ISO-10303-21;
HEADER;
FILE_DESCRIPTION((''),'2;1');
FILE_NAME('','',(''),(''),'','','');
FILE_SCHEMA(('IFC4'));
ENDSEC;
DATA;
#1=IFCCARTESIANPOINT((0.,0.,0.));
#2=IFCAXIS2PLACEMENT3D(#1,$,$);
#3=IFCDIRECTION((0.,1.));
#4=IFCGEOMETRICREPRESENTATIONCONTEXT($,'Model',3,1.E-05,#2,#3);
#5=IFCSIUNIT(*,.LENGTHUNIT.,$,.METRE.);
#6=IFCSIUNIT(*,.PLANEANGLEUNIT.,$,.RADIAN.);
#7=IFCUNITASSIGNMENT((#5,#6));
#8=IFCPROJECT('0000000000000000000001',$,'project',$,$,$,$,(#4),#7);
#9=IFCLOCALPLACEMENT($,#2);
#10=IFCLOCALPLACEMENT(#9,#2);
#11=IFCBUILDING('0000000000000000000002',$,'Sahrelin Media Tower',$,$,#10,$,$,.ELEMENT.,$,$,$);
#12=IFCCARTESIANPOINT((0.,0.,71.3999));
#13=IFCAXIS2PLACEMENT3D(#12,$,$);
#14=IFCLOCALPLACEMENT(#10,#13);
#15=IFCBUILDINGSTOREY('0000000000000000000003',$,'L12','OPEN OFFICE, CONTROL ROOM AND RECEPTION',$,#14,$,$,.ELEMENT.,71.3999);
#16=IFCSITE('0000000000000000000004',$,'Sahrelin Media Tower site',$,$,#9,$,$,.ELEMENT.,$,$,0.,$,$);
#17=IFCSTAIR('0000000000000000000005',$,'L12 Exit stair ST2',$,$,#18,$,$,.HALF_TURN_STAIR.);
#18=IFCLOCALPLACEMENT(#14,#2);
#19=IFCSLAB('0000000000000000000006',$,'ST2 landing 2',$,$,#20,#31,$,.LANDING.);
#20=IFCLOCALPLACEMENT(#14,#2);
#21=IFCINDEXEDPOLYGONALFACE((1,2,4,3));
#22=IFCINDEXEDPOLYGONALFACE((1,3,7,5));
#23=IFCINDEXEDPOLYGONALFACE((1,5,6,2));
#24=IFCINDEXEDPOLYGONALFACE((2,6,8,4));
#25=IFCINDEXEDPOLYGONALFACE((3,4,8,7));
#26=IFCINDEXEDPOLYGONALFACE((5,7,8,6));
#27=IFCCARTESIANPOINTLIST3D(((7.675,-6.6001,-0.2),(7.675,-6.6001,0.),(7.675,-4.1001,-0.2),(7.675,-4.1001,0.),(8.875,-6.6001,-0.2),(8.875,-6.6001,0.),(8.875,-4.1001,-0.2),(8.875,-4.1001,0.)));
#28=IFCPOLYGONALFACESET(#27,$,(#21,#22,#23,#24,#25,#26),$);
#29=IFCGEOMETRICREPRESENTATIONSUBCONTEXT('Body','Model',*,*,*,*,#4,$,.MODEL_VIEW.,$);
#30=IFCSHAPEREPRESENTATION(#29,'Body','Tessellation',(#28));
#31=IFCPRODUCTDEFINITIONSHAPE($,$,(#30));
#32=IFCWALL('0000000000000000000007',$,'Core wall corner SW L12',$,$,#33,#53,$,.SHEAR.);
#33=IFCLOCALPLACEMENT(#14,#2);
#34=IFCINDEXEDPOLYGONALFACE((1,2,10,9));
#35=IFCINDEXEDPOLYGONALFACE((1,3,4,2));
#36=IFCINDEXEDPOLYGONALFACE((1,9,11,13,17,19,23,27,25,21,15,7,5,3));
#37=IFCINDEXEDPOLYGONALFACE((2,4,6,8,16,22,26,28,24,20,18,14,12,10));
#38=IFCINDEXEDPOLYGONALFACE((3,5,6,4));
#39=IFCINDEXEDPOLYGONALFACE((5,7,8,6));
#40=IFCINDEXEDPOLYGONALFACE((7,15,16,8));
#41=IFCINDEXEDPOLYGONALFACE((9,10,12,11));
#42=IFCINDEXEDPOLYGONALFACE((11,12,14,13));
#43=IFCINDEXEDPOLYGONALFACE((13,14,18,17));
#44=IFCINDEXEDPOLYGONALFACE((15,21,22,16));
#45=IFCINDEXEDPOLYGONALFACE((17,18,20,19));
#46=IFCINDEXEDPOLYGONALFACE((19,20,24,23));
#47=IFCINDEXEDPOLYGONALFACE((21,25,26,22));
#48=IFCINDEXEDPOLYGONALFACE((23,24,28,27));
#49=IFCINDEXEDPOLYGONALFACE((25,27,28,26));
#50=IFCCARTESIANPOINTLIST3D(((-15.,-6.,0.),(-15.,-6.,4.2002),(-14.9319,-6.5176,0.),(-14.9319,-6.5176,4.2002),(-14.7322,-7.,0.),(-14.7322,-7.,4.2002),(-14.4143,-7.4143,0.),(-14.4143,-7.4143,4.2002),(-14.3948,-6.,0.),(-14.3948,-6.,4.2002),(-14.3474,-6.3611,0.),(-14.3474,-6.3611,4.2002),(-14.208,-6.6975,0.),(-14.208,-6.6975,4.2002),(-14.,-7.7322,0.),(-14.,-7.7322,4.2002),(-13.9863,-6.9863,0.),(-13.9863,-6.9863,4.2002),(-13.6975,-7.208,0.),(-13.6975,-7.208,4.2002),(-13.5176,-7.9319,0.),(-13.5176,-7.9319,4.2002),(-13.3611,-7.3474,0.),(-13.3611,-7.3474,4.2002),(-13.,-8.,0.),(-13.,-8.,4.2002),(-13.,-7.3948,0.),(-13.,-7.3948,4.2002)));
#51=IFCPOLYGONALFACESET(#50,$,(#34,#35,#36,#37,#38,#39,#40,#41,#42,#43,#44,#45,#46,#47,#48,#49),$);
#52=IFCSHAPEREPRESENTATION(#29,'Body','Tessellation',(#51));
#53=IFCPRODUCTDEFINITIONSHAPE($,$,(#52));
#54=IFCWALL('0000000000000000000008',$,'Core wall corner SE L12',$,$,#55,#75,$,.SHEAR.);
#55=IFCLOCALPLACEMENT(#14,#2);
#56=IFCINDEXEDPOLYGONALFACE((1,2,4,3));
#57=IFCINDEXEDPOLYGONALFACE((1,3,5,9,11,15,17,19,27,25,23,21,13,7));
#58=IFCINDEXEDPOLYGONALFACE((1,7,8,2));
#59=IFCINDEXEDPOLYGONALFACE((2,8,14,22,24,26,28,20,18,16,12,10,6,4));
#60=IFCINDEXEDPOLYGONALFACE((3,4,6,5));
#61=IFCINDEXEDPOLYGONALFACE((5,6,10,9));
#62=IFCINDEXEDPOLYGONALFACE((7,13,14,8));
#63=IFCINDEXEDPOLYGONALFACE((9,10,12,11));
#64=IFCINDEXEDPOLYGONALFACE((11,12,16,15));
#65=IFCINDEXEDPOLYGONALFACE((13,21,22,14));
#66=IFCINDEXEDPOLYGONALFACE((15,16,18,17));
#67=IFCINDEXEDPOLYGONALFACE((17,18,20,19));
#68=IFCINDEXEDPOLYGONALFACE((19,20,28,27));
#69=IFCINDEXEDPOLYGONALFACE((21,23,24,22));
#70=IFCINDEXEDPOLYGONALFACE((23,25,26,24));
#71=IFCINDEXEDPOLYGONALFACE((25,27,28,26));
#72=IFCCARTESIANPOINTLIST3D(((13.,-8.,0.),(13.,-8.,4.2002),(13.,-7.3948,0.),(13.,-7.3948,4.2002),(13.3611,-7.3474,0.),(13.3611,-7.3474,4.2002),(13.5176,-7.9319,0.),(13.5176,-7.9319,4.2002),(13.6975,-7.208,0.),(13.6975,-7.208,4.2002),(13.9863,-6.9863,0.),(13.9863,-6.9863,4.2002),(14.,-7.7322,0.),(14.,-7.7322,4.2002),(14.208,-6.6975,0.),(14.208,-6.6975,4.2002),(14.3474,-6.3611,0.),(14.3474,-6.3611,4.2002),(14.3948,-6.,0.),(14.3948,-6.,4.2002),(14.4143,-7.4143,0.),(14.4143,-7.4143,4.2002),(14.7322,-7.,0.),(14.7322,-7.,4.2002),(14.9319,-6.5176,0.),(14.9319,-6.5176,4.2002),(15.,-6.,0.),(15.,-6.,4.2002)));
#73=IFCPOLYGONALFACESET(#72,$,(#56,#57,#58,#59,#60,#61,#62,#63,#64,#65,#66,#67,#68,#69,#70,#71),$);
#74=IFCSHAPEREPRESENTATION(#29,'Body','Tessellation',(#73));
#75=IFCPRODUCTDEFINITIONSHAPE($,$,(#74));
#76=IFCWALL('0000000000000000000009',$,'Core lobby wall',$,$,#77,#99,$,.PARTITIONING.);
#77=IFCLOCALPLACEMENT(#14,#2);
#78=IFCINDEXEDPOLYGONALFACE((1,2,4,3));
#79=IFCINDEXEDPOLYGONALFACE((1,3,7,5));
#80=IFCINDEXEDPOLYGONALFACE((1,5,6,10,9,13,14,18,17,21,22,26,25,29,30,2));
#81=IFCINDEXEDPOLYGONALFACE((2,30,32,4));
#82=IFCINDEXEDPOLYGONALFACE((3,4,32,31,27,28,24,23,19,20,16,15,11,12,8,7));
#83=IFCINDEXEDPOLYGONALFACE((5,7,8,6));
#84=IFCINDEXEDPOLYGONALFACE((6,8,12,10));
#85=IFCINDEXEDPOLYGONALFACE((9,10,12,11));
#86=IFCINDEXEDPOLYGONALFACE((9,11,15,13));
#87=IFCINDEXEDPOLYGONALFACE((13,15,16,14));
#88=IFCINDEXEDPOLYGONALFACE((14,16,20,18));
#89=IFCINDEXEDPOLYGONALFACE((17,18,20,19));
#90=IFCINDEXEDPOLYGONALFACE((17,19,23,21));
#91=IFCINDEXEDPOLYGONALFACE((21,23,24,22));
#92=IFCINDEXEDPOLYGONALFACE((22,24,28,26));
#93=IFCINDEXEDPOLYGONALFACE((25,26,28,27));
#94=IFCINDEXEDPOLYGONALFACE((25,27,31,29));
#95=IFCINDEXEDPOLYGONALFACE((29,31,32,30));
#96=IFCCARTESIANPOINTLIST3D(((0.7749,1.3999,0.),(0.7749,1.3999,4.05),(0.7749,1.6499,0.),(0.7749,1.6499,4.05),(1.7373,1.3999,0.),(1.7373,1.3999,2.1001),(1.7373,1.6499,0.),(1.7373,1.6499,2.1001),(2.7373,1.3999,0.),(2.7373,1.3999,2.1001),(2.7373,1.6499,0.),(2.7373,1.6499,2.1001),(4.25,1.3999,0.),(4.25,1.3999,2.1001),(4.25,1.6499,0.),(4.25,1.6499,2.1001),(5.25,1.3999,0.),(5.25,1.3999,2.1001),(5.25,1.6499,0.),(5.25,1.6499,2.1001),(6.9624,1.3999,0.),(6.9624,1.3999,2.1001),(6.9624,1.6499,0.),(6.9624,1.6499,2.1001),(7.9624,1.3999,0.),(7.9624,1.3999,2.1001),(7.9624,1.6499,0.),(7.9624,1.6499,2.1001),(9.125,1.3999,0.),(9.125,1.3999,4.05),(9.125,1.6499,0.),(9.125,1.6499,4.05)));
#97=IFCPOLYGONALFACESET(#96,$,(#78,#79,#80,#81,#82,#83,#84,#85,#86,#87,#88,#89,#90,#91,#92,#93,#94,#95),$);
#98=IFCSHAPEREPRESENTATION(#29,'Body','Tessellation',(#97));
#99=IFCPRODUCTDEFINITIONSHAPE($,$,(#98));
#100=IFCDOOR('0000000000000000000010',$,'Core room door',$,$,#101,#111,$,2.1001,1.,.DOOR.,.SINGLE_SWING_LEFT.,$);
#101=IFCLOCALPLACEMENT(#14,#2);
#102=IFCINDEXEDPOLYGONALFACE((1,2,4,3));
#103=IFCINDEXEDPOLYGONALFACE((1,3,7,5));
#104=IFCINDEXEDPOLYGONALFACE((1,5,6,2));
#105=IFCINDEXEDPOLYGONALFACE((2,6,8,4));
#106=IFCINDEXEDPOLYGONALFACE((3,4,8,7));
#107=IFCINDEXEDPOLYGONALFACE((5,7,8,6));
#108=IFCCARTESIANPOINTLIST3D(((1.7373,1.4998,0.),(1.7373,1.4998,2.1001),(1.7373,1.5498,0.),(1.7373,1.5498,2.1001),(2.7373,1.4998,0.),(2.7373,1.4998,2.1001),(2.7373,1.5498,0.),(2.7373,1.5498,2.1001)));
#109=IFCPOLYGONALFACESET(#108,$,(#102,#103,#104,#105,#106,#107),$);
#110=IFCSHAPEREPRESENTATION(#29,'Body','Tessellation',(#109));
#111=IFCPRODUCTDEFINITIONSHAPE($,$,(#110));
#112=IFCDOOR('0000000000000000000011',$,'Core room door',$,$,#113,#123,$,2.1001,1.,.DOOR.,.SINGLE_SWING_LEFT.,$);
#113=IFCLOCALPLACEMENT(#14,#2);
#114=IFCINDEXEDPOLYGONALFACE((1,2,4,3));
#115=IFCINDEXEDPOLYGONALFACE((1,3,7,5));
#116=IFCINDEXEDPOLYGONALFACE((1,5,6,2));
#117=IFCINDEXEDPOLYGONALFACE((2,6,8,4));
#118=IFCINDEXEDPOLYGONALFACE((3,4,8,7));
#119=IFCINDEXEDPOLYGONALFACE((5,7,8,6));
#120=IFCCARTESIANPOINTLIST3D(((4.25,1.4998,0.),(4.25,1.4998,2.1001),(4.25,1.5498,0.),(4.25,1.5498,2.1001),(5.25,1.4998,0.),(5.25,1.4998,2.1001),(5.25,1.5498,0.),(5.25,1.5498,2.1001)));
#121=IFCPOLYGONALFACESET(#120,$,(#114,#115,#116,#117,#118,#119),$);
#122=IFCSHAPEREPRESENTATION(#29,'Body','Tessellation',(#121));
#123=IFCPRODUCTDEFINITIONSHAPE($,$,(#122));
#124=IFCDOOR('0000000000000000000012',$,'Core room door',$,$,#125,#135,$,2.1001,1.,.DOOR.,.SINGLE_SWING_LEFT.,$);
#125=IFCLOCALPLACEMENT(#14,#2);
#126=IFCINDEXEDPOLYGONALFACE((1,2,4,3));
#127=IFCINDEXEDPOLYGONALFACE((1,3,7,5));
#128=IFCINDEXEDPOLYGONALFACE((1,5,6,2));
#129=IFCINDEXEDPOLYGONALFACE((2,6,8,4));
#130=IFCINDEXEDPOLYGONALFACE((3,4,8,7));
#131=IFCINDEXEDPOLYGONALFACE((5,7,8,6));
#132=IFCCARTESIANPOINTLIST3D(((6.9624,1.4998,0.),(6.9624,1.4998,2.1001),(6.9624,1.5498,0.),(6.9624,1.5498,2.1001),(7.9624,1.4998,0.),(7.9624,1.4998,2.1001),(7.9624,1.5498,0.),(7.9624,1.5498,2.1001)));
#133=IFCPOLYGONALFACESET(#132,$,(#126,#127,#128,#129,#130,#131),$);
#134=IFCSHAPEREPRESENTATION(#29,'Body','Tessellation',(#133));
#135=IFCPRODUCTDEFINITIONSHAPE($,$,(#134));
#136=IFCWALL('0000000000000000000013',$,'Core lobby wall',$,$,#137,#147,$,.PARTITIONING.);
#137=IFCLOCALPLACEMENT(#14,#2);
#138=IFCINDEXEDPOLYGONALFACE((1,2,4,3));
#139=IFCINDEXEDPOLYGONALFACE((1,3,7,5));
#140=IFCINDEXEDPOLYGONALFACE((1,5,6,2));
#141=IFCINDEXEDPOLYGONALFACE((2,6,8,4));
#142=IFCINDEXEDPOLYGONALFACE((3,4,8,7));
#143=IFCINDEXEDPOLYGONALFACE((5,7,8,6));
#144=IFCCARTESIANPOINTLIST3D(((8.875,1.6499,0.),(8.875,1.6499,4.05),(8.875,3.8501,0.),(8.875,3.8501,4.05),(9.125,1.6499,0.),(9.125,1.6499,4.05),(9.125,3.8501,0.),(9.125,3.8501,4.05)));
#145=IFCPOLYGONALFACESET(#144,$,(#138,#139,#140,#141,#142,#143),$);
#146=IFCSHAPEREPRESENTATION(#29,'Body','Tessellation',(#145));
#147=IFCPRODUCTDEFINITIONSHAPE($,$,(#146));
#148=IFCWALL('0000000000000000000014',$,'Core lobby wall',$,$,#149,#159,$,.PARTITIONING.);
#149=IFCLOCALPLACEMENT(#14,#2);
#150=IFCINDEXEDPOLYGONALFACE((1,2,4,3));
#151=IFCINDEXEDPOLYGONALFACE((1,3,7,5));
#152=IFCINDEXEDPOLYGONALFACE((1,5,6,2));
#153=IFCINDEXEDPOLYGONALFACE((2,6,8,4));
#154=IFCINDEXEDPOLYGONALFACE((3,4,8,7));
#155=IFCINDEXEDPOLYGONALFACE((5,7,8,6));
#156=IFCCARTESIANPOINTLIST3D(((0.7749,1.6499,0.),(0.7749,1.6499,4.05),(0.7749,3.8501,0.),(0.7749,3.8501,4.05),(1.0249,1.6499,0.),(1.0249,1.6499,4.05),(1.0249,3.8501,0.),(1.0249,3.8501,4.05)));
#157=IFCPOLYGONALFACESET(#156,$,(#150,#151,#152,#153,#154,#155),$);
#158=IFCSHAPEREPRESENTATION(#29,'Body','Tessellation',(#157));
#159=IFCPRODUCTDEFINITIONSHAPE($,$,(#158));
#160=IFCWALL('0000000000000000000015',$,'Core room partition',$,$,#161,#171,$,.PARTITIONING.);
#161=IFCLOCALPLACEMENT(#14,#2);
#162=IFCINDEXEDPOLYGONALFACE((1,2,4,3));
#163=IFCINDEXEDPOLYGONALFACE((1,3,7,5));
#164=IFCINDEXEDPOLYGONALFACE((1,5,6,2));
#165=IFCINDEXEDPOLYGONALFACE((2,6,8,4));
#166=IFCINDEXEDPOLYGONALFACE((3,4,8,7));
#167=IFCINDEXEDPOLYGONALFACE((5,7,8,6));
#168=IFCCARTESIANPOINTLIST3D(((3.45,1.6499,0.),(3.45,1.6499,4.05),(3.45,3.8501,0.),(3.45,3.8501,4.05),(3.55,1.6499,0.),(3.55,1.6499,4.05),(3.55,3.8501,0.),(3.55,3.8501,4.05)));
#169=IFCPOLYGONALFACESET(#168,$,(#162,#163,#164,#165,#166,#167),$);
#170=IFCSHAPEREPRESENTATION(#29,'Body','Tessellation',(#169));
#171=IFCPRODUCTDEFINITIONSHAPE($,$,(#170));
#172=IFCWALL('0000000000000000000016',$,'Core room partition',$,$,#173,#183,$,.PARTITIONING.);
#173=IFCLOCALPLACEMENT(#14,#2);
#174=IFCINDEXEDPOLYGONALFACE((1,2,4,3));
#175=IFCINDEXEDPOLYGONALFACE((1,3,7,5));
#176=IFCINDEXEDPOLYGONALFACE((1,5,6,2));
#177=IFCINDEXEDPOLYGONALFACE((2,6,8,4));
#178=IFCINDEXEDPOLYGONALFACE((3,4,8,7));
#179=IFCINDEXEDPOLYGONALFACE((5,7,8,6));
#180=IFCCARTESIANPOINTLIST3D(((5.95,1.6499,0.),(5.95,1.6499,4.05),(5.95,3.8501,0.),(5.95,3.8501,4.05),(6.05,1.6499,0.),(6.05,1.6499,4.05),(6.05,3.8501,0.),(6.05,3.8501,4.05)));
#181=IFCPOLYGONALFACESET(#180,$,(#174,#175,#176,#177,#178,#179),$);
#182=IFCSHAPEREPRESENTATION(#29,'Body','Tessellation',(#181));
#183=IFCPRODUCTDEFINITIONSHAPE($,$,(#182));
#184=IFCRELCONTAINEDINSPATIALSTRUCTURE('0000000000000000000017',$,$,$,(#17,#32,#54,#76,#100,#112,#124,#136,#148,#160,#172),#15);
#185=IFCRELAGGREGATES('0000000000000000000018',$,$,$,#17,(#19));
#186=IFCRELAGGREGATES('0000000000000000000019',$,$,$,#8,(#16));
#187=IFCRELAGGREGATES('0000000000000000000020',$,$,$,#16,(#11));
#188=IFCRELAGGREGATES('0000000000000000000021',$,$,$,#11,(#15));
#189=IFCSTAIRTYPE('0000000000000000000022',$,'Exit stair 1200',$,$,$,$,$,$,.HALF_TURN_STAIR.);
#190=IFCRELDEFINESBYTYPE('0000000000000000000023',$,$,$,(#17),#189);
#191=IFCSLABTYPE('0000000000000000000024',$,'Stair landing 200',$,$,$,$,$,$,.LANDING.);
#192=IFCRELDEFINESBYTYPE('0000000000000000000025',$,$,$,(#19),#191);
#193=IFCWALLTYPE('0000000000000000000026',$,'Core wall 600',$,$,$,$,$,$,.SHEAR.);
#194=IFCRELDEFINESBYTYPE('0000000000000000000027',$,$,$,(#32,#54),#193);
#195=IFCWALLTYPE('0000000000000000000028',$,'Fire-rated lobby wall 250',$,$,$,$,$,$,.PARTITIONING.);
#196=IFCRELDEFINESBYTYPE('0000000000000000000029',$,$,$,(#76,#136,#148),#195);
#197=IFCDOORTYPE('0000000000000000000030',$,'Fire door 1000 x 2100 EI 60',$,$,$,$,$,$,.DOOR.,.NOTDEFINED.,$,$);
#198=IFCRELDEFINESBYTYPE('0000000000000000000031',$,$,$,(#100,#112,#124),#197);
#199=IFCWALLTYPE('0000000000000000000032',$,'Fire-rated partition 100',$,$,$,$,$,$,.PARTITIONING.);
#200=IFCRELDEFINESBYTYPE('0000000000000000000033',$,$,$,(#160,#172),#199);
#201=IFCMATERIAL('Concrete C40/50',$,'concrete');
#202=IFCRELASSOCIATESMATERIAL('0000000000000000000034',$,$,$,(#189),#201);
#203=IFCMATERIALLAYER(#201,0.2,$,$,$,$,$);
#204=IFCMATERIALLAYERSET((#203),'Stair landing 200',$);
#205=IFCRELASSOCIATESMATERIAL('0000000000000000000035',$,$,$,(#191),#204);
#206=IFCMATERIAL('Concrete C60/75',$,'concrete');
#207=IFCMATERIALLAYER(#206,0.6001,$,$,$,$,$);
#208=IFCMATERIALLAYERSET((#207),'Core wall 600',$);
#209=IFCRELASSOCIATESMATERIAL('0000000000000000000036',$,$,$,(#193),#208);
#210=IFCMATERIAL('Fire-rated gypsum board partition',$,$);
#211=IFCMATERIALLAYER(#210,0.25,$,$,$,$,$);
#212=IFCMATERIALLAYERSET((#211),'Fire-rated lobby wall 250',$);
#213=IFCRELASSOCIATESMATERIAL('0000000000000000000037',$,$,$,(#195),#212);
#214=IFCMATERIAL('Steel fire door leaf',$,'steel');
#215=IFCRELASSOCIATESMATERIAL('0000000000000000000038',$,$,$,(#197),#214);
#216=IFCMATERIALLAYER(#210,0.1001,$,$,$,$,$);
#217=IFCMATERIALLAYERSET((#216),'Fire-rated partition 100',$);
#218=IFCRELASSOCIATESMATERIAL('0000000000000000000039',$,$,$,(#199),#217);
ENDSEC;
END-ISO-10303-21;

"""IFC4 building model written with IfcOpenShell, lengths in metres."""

from ifc_helpers import new_model, si_unit, direction, frame, frame_2d, origin, place, context, subcontext, project, spatial, polyline, rectangle, outline, extrude, material, layer, layer_set, type_object, element, fill, aggregate, save


model = new_model("IFC4")

# Units and contexts
model_context = context("Model", 3, precision=1e-05, world=origin(), true_north=direction((0.0, 1.0)))
body_context = subcontext(model_context, "Body", "Model", "MODEL_VIEW")
ifc_project = project(units=[si_unit("LENGTHUNIT", "METRE"), si_unit("PLANEANGLEUNIT", "RADIAN")], contexts=[model_context])

# Site, building, storey
site_placement = place(None, origin())
site = spatial("IfcSite", under=ifc_project, at=site_placement, Name="Sahrelin Media Tower site", CompositionType="ELEMENT", RefElevation=0.0)
building_placement = place(site_placement, origin())
building = spatial("IfcBuilding", under=site, at=building_placement, Name="Sahrelin Media Tower", CompositionType="ELEMENT")
storey_placement = place(building_placement, frame((0.0, 0.0, 71.3999)))
storey = spatial("IfcBuildingStorey", under=building, at=storey_placement, Name="L12", Description="OPEN OFFICE, CONTROL ROOM AND RECEPTION", CompositionType="ELEMENT", Elevation=71.3999)

# Shared definitions
ifc_material_1 = material(Name="Concrete C40/50", Category="concrete")

# Stair, slab
stair_type = type_object("IfcStairType", Name="Exit stair 1200", PredefinedType="HALF_TURN_STAIR", material=ifc_material_1)
placement_1 = place(storey_placement, origin())
ifc_layer_1 = layer(ifc_material_1, 0.2)
ifc_layer_set_1 = layer_set([ifc_layer_1], Name="Stair landing 200")
slab_type_1 = type_object("IfcSlabType", Name="Stair landing 200", PredefinedType="LANDING", material=ifc_layer_set_1)
placement_2 = place(storey_placement, frame((0.0, 0.0, -0.2)))
stair_1 = element("IfcStair", 1, at=placement_1, inside=storey, type_object=stair_type, Name="L12 Exit stair ST2", PredefinedType="HALF_TURN_STAIR")
slab_1 = element("IfcSlab", 2, at=placement_2, type_object=slab_type_1, Name="ST2 landing 2", PredefinedType="LANDING", context=body_context, shape_type="SweptSolid", body=[
    extrude(outline(polyline([(8.875, -4.1001), (7.675, -4.1001), (7.675, -6.6001), (8.875, -6.6001), (8.875, -4.1001)])), origin(), (0.0, 0.0, 1.0), 0.2),
])
aggregate(stair_1, [slab_1])

# Walls
ifc_material_2 = material(Name="Concrete C60/75", Category="concrete")
ifc_layer_2 = layer(ifc_material_2, 0.6001)
ifc_layer_set_2 = layer_set([ifc_layer_2], Name="Core wall 600")
wall_type_1 = type_object("IfcWallType", Name="Core wall 600", PredefinedType="SHEAR", material=ifc_layer_set_2)
element("IfcWall", 3, at=placement_1, inside=storey, type_object=wall_type_1, Name="Core wall corner SW L12", PredefinedType="SHEAR", context=body_context, shape_type="SweptSolid", body=[
    extrude(outline(polyline([(-13.0, -8.0), (-13.0, -7.3948), (-13.3611, -7.3474), (-13.6975, -7.208), (-13.9863, -6.9863), (-14.208, -6.6975), (-14.3474, -6.3611), (-14.3948, -6.0), (-15.0, -6.0), (-14.9319, -6.5176), (-14.7322, -7.0), (-14.4143, -7.4143), (-14.0, -7.7322), (-13.5176, -7.9319), (-13.0, -8.0)])), origin(), (0.0, 0.0, 1.0), 4.2002),
])
element("IfcWall", 4, at=placement_1, inside=storey, type_object=wall_type_1, Name="Core wall corner SE L12", PredefinedType="SHEAR", context=body_context, shape_type="SweptSolid", body=[
    extrude(outline(polyline([(15.0, -6.0), (14.3948, -6.0), (14.3474, -6.3611), (14.208, -6.6975), (13.9863, -6.9863), (13.6975, -7.208), (13.3611, -7.3474), (13.0, -7.3948), (13.0, -8.0), (13.5176, -7.9319), (14.0, -7.7322), (14.4143, -7.4143), (14.7322, -7.0), (14.9319, -6.5176), (15.0, -6.0)])), origin(), (0.0, 0.0, 1.0), 4.2002),
])

# Wall, openings, doors
ifc_material_3 = material(Name="Fire-rated gypsum board partition")
ifc_layer_3 = layer(ifc_material_3, 0.25)
ifc_layer_set_3 = layer_set([ifc_layer_3], Name="Fire-rated lobby wall 250")
wall_type_2 = type_object("IfcWallType", Name="Fire-rated lobby wall 250", PredefinedType="PARTITIONING", material=ifc_layer_set_3)
wall_1_placement = place(storey_placement, frame((0.7749, 1.5249, 0.0), z_axis=(0.0, 0.0, 1.0), x_axis=(1.0, 0.0, 0.0)))
wall_1 = element("IfcWall", 5, at=wall_1_placement, inside=storey, type_object=wall_type_2, Name="Core lobby wall", PredefinedType="PARTITIONING", context=body_context, shape_type="SweptSolid", body=[
    extrude(rectangle(XDim=8.3501, YDim=0.25, at=frame_2d((4.175, 0.0))), origin(), (0.0, 0.0, 1.0), 4.05),
])
opening_1_placement = place(wall_1_placement, frame((0.9624, 0.0, 0.0)))
opening_1 = element("IfcOpeningElement", 6, at=opening_1_placement, cuts=wall_1, PredefinedType="OPENING", context=body_context, shape_type="SweptSolid", body=[
    extrude(rectangle(XDim=1.0, YDim=2.1001, at=frame_2d((0.5, 1.05))), frame((0.0, 0.125, 0.0), z_axis=(0.0, -1.0, 0.0), x_axis=(1.0, 0.0, 0.0)), (0.0, 0.0, 1.0), 0.25),
])
opening_2_placement = place(wall_1_placement, frame((3.4751, 0.0, 0.0)))
opening_2 = element("IfcOpeningElement", 7, at=opening_2_placement, cuts=wall_1, PredefinedType="OPENING", context=body_context, shape_type="SweptSolid", body=[
    extrude(rectangle(XDim=1.0, YDim=2.1001, at=frame_2d((0.5, 1.05))), frame((0.0, 0.125, 0.0), z_axis=(0.0, -1.0, 0.0), x_axis=(1.0, 0.0, 0.0)), (0.0, 0.0, 1.0), 0.25),
])
opening_3_placement = place(wall_1_placement, frame((6.1875, 0.0, 0.0)))
opening_3 = element("IfcOpeningElement", 8, at=opening_3_placement, cuts=wall_1, PredefinedType="OPENING", context=body_context, shape_type="SweptSolid", body=[
    extrude(rectangle(XDim=1.0, YDim=2.1001, at=frame_2d((0.5, 1.05))), frame((0.0, 0.125, 0.0), z_axis=(0.0, -1.0, 0.0), x_axis=(1.0, 0.0, 0.0)), (0.0, 0.0, 1.0), 0.25),
])
ifc_material_4 = material(Name="Steel fire door leaf", Category="steel")
door_type_1 = type_object("IfcDoorType", Name="Fire door 1000 x 2100 EI 60", OperationType="NOTDEFINED", PredefinedType="DOOR", material=ifc_material_4)
door_1_placement = place(opening_1_placement, origin())
door_1 = element("IfcDoor", 9, at=door_1_placement, inside=storey, type_object=door_type_1, Name="Core room door", OperationType="SINGLE_SWING_LEFT", OverallHeight=2.1001, OverallWidth=1.0, PredefinedType="DOOR", context=body_context, shape_type="SweptSolid", body=[
    extrude(rectangle(XDim=1.0, YDim=2.1001, at=frame_2d((0.5, 1.05))), frame((0.0, 0.0249, 0.0), z_axis=(0.0, -1.0, 0.0), x_axis=(1.0, 0.0, 0.0)), (0.0, 0.0, 1.0), 0.05),
])
fill(opening_1, door_1)
door_2_placement = place(opening_2_placement, origin())
door_2 = element("IfcDoor", 10, at=door_2_placement, inside=storey, type_object=door_type_1, Name="Core room door", OperationType="SINGLE_SWING_LEFT", OverallHeight=2.1001, OverallWidth=1.0, PredefinedType="DOOR", context=body_context, shape_type="SweptSolid", body=[
    extrude(rectangle(XDim=1.0, YDim=2.1001, at=frame_2d((0.5, 1.05))), frame((0.0, 0.0249, 0.0), z_axis=(0.0, -1.0, 0.0), x_axis=(1.0, 0.0, 0.0)), (0.0, 0.0, 1.0), 0.05),
])
fill(opening_2, door_2)
door_3_placement = place(opening_3_placement, origin())
door_3 = element("IfcDoor", 11, at=door_3_placement, inside=storey, type_object=door_type_1, Name="Core room door", OperationType="SINGLE_SWING_LEFT", OverallHeight=2.1001, OverallWidth=1.0, PredefinedType="DOOR", context=body_context, shape_type="SweptSolid", body=[
    extrude(rectangle(XDim=1.0, YDim=2.1001, at=frame_2d((0.5, 1.05))), frame((0.0, 0.0249, 0.0), z_axis=(0.0, -1.0, 0.0), x_axis=(1.0, 0.0, 0.0)), (0.0, 0.0, 1.0), 0.05),
])
fill(opening_3, door_3)

# Walls
for number, where, z_axis, x_axis, name in (
    (12, (9.0, 1.6499, 0.0), (0.0, 0.0, 1.0), (0.0, 1.0, 0.0), "Core lobby wall"),
    (13, (0.8999, 1.6499, 0.0), (0.0, 0.0, 1.0), (0.0, 1.0, 0.0), "Core lobby wall"),
):
    element("IfcWall", number, at=place(storey_placement, frame(where, z_axis=z_axis, x_axis=x_axis)), inside=storey, type_object=wall_type_2, Name=name, PredefinedType="PARTITIONING", context=body_context, shape_type="SweptSolid", body=[
        extrude(rectangle(XDim=2.2002, YDim=0.25, at=frame_2d((1.1001, 0.0))), origin(), (0.0, 0.0, 1.0), 4.05),
    ])
ifc_layer_4 = layer(ifc_material_3, 0.1001)
ifc_layer_set_4 = layer_set([ifc_layer_4], Name="Fire-rated partition 100")
wall_type_3 = type_object("IfcWallType", Name="Fire-rated partition 100", PredefinedType="PARTITIONING", material=ifc_layer_set_4)
for number, where, z_axis, x_axis, name in (
    (14, (3.5, 1.6499, 0.0), (0.0, 0.0, 1.0), (0.0, 1.0, 0.0), "Core room partition"),
    (15, (6.0, 1.6499, 0.0), (0.0, 0.0, 1.0), (0.0, 1.0, 0.0), "Core room partition"),
):
    element("IfcWall", number, at=place(storey_placement, frame(where, z_axis=z_axis, x_axis=x_axis)), inside=storey, type_object=wall_type_3, Name=name, PredefinedType="PARTITIONING", context=body_context, shape_type="SweptSolid", body=[
        extrude(rectangle(XDim=2.2002, YDim=0.1001, at=frame_2d((1.1001, 0.0))), origin(), (0.0, 0.0, 1.0), 4.05),
    ])

save(model, "model.ifc")
